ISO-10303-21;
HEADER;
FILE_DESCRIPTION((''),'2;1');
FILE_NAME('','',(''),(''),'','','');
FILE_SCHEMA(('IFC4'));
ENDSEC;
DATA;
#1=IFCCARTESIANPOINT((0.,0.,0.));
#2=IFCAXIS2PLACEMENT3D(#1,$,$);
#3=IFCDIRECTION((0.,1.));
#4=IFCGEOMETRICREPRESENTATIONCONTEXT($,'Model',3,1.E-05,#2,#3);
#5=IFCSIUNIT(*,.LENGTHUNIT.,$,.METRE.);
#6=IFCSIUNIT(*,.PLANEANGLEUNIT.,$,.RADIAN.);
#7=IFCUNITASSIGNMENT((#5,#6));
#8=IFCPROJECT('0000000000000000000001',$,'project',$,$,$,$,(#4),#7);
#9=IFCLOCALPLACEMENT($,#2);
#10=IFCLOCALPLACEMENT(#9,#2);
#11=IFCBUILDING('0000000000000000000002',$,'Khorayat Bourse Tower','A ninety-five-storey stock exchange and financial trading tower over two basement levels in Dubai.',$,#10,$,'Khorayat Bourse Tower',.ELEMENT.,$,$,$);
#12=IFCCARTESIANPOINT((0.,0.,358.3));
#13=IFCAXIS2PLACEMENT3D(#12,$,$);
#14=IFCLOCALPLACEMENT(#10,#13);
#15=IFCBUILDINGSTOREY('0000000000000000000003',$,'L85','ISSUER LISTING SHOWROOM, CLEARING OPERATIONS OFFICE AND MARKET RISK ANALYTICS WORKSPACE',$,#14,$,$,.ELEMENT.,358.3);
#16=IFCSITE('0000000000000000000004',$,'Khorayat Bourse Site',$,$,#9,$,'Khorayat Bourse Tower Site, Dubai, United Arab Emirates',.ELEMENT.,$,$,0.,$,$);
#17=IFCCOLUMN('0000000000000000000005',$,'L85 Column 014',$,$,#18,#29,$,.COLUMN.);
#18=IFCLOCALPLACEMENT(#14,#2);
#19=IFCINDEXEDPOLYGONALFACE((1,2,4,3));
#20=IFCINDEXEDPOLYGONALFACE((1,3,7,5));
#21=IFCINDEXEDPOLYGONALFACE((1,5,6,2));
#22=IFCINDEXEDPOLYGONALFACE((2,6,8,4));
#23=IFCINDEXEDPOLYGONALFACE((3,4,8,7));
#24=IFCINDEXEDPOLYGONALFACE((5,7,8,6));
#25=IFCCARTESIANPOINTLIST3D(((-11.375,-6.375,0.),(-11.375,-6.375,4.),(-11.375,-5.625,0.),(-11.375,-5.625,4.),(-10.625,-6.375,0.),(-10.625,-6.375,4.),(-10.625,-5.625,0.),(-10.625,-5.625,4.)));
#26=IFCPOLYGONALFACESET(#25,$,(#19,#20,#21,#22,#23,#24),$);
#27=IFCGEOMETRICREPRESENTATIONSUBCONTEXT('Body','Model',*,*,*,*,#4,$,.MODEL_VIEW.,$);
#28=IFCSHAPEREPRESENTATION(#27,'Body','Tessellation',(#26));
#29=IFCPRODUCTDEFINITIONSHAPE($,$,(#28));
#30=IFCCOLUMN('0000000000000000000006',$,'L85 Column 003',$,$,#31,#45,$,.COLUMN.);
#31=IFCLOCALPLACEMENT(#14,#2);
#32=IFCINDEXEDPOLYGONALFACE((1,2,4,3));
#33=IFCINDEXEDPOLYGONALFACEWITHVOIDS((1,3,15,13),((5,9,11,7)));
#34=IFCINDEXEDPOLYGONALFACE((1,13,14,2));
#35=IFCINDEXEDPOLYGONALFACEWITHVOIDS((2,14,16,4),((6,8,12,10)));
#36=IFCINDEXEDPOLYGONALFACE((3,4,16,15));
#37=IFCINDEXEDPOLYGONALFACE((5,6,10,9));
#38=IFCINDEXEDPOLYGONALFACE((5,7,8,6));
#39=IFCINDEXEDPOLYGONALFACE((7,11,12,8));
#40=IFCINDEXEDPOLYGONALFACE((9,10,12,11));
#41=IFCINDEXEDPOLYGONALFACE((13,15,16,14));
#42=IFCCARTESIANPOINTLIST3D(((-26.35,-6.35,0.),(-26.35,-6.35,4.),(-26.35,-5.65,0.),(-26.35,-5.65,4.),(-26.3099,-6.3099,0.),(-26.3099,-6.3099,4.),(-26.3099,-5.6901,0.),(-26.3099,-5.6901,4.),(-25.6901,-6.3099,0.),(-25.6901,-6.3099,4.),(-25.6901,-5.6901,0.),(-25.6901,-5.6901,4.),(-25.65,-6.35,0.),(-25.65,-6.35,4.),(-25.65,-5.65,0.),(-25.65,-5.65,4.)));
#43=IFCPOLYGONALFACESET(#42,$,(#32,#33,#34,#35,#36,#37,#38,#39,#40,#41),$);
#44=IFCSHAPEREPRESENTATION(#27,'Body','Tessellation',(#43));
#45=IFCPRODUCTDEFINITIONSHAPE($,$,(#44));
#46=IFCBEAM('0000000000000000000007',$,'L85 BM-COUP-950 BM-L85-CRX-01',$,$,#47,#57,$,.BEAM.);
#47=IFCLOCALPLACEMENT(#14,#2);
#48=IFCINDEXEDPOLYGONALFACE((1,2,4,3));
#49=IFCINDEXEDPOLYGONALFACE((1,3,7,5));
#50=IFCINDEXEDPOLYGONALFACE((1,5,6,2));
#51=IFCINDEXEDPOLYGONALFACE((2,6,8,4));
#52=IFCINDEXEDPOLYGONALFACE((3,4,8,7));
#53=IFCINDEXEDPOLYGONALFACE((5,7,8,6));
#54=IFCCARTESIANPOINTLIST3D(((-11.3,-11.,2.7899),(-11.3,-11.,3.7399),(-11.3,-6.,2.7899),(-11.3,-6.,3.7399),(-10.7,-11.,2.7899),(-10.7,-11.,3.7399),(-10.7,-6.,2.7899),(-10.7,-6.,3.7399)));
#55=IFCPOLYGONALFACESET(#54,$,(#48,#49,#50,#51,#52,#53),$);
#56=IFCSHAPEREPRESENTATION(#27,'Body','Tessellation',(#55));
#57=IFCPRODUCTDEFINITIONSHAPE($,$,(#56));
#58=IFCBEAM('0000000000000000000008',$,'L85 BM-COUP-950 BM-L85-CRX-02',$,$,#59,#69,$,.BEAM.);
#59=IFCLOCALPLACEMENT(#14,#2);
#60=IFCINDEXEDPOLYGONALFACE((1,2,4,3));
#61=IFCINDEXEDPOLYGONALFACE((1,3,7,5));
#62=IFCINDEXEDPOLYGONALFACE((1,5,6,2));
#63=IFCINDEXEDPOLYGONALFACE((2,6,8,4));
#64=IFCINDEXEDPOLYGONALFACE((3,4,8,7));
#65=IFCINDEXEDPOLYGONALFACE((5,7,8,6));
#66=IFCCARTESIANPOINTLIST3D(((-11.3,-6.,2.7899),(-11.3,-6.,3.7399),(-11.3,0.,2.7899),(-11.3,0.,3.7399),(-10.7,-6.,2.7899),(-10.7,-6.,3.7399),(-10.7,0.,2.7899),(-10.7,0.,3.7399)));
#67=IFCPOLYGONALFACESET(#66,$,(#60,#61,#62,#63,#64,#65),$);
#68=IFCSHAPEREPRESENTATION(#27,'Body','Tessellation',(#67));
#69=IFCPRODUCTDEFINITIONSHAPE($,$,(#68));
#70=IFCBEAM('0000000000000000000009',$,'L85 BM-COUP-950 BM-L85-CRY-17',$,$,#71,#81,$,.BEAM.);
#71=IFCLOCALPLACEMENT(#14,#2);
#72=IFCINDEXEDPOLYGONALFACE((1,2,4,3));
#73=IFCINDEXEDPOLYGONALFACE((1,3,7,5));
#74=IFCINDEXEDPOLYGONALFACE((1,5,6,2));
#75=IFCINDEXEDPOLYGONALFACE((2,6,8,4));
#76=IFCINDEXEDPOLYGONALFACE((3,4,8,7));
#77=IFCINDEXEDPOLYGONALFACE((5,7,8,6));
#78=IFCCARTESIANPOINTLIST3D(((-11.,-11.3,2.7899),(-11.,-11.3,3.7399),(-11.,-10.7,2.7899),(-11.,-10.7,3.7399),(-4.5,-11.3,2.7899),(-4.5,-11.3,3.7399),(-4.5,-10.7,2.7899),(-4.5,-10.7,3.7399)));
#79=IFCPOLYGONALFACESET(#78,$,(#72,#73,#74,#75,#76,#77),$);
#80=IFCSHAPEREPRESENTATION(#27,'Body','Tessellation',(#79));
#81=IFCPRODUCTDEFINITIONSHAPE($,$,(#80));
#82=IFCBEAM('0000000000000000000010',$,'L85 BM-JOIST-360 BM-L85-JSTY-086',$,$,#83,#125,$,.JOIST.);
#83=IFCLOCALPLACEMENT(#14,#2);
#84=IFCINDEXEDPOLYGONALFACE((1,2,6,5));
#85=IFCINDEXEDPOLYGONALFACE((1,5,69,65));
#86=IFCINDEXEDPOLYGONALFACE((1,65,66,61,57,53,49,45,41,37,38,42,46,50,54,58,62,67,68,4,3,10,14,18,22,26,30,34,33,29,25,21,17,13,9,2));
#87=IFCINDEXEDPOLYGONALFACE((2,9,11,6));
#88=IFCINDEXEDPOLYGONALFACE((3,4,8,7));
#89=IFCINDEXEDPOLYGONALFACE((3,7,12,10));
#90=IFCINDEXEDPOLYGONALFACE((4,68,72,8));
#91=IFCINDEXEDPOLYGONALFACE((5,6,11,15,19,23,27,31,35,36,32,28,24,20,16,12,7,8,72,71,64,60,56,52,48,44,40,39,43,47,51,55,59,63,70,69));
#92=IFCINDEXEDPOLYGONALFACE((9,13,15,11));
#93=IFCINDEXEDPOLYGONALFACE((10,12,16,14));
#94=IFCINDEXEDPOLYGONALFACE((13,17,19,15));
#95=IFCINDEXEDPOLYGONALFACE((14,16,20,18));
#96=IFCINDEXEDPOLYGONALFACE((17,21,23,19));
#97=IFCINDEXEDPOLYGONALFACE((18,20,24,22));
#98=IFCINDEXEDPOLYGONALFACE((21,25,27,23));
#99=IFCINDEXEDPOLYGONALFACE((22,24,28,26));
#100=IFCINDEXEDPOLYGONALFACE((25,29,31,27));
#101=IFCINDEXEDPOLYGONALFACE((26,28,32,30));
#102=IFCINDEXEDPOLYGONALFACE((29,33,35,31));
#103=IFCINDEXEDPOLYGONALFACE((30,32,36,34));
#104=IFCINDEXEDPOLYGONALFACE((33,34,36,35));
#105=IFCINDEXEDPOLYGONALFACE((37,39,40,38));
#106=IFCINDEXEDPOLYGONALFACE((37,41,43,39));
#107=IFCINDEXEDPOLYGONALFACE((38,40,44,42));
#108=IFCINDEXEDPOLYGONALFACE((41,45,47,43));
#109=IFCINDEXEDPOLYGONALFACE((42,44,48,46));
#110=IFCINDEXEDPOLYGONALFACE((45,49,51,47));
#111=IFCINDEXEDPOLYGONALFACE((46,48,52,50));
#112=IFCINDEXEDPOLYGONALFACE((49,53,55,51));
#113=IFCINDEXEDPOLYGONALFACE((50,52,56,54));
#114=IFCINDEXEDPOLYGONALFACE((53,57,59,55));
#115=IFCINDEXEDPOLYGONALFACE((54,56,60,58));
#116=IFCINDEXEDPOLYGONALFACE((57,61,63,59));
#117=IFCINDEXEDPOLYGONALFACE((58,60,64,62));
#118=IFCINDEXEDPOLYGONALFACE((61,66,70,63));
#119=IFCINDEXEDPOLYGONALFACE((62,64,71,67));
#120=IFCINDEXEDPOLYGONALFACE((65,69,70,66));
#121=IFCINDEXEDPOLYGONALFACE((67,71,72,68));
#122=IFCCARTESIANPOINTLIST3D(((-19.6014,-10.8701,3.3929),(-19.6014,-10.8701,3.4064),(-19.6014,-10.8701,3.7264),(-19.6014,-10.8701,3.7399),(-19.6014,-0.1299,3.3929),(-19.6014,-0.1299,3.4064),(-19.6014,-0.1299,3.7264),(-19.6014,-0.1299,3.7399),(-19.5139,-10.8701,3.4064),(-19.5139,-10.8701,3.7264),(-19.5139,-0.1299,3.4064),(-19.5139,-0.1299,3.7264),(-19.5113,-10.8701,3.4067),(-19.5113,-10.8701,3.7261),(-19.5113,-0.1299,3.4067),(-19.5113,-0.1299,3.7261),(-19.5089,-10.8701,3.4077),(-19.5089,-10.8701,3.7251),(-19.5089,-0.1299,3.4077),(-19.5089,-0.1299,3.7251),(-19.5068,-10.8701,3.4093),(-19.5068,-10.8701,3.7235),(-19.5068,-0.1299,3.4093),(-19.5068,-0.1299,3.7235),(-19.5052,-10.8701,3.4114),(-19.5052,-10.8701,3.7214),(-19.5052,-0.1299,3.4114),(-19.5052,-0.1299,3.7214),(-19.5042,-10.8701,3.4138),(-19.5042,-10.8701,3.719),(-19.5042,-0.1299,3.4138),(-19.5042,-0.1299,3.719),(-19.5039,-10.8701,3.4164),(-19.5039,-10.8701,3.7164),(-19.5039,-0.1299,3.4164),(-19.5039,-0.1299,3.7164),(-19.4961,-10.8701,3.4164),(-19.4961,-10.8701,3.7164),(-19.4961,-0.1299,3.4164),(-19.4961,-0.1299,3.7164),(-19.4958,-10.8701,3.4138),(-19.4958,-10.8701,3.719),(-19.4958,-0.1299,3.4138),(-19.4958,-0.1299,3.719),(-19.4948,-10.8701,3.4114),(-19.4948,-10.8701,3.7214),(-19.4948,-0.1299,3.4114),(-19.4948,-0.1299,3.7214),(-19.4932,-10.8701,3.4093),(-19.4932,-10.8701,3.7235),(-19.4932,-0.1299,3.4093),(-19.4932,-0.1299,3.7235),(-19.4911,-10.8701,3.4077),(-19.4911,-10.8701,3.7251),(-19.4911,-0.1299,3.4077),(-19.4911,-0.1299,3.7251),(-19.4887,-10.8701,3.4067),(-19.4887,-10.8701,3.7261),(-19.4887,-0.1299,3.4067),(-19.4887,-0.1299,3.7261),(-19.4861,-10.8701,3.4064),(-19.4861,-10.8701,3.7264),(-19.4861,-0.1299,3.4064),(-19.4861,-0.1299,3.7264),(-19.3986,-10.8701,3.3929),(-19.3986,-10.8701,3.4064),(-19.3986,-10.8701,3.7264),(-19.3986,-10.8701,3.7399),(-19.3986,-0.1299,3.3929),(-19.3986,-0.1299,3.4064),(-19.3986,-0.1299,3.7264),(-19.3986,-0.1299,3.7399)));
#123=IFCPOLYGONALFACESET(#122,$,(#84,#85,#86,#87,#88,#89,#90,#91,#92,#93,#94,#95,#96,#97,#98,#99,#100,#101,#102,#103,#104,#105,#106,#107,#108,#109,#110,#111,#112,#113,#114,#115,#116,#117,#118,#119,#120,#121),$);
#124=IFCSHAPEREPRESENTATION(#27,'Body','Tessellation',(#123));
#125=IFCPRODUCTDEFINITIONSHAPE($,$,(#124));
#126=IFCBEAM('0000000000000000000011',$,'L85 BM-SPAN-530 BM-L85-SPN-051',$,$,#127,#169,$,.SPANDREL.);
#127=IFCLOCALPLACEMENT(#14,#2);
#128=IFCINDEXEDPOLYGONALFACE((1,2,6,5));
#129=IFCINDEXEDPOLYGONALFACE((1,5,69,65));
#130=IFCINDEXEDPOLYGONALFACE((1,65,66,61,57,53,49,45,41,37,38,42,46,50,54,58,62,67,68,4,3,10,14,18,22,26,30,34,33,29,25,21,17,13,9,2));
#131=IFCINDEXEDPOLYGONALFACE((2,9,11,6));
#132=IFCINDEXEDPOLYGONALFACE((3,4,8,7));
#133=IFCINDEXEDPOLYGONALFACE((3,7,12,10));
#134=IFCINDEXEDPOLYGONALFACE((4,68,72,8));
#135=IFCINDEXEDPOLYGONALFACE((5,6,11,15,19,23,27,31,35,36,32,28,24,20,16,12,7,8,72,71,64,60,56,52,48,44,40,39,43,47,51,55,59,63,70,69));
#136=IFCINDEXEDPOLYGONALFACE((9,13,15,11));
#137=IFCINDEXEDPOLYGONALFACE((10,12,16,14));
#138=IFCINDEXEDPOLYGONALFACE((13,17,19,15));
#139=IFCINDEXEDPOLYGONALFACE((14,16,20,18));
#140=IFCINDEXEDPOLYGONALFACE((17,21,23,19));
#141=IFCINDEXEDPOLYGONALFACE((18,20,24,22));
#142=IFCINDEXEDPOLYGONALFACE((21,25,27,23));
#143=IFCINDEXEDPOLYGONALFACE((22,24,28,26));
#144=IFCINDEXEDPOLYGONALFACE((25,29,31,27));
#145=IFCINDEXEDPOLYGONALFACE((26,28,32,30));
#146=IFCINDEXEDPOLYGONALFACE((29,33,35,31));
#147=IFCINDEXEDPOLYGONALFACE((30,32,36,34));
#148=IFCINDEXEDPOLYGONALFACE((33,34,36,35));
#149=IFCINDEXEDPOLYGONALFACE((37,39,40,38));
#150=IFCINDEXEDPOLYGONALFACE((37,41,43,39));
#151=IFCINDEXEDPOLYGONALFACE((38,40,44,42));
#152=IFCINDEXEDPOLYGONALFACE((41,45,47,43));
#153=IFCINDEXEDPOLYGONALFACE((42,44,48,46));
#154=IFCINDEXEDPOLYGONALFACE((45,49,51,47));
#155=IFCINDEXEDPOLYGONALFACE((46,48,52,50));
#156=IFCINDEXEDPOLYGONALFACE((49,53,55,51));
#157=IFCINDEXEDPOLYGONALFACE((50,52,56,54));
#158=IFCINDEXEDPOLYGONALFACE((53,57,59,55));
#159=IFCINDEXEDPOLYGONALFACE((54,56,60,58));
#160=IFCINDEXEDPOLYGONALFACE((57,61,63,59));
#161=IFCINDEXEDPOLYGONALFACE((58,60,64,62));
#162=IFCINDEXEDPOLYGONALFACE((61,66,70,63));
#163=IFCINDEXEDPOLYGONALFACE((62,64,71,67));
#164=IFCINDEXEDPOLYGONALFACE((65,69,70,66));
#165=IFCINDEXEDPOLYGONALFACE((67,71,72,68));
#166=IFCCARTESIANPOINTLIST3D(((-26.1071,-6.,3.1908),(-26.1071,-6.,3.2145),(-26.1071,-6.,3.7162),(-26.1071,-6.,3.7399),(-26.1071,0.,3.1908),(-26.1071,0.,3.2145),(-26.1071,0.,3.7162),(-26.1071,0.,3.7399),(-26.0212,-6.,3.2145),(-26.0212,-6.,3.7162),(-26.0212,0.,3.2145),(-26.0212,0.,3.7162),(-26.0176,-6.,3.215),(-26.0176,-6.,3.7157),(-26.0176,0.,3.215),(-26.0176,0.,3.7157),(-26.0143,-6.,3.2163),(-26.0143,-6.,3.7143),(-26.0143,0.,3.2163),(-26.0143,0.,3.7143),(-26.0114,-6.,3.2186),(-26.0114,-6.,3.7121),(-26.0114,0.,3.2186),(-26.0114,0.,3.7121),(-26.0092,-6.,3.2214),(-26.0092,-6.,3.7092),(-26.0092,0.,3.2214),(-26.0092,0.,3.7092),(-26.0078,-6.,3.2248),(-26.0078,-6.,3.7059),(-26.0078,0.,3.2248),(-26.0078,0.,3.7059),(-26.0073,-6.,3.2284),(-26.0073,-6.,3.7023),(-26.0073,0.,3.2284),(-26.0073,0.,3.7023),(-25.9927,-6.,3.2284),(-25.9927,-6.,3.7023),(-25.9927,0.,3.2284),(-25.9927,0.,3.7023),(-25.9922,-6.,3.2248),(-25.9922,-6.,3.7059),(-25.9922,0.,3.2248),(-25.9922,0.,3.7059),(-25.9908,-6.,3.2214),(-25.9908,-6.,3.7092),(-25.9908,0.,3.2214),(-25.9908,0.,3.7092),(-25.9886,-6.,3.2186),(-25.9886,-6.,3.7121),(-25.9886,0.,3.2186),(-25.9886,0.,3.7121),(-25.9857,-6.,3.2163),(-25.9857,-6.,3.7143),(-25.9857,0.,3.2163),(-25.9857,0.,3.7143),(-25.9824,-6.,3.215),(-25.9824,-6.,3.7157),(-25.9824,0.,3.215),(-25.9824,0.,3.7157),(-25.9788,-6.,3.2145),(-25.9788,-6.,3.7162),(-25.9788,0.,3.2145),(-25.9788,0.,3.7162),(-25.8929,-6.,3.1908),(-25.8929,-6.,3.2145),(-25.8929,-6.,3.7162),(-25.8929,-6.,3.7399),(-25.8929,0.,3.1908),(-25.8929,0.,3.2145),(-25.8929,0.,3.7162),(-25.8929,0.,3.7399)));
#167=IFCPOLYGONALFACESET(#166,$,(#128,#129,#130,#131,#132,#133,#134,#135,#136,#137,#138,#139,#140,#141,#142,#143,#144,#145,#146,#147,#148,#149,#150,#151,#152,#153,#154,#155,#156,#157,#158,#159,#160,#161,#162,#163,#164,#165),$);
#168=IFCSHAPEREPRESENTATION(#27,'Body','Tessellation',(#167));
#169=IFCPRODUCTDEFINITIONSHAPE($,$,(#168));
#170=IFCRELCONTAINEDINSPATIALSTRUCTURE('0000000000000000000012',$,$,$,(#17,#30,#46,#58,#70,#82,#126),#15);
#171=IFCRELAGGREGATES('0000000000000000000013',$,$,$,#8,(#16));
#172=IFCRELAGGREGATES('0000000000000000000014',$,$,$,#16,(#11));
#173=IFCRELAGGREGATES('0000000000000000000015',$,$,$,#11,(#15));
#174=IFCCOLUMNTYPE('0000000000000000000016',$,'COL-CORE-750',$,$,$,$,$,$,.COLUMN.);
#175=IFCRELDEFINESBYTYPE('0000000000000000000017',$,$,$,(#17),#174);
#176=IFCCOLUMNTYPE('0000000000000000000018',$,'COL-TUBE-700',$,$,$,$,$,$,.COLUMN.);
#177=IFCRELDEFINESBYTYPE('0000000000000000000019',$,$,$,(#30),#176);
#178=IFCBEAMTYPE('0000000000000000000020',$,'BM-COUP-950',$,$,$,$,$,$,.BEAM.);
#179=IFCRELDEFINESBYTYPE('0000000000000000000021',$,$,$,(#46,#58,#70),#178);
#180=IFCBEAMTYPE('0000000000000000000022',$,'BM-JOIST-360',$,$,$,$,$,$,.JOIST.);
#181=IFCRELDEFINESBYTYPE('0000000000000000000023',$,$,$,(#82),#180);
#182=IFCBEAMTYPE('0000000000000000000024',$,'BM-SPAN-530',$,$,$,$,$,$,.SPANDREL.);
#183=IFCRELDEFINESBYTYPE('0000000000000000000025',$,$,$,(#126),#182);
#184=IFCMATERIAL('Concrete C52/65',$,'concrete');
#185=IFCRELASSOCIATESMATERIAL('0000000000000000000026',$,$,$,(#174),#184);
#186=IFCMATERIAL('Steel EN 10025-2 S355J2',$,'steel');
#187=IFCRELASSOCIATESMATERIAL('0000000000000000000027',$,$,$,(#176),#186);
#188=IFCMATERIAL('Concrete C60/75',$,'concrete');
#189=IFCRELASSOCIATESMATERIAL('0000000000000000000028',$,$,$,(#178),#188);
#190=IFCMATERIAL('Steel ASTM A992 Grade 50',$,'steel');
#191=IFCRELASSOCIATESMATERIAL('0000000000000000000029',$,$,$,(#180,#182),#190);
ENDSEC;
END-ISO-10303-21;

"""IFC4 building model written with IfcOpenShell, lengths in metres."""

from ifc_helpers import new_model, si_unit, direction, frame, origin, origin_2d, place, context, subcontext, project, spatial, rectangle, hollow_rectangle, i_section, extrude, source, transform, mapped, material, material_profile, profile_set, type_object, element, save


model = new_model("IFC4")

# Units and contexts
model_context = context("Model", 3, precision=1e-05, world=origin(), true_north=direction((0.0, 1.0)))
body_context = subcontext(model_context, "Body", "Model", "MODEL_VIEW")
ifc_project = project(units=[si_unit("LENGTHUNIT", "METRE"), si_unit("PLANEANGLEUNIT", "RADIAN")], contexts=[model_context])

# Site, building, storey
site_placement = place(None, origin())
site = spatial("IfcSite", under=ifc_project, at=site_placement, Name="Khorayat Bourse Site", LongName="Khorayat Bourse Tower Site, Dubai, United Arab Emirates", CompositionType="ELEMENT", RefElevation=0.0)
building_placement = place(site_placement, origin())
building = spatial("IfcBuilding", under=site, at=building_placement, Name="Khorayat Bourse Tower", Description="A ninety-five-storey stock exchange and financial trading tower over two basement levels in Dubai.", LongName="Khorayat Bourse Tower", CompositionType="ELEMENT")
storey_placement = place(building_placement, frame((0.0, 0.0, 358.3)))
storey = spatial("IfcBuildingStorey", under=building, at=storey_placement, Name="L85", Description="ISSUER LISTING SHOWROOM, CLEARING OPERATIONS OFFICE AND MARKET RISK ANALYTICS WORKSPACE", CompositionType="ELEMENT", Elevation=358.3)

# Columns
ifc_material_1 = material(Name="Concrete C52/65", Category="concrete")
ifc_material_profile_1 = material_profile(ifc_material_1, rectangle(XDim=0.75, YDim=0.75, at=origin_2d()), Name="RC 750x750")
ifc_profile_set_1 = profile_set([ifc_material_profile_1], Name="Concrete C52/65")
column_type_1 = type_object("IfcColumnType", Name="COL-CORE-750", PredefinedType="COLUMN", material=ifc_profile_set_1)
shared_shape_1 = source(origin(), body_context, "Body", "SweptSolid", [
    extrude(rectangle(XDim=0.75, YDim=0.75, at=origin_2d()), origin(), (0.0, 0.0, 1.0), 4.0),
])
column_1_placement = place(storey_placement, frame((-11.0, -6.0, 0.0), z_axis=(0.0, 0.0, 1.0), x_axis=(1.0, 0.0, 0.0)))
element("IfcColumn", 1, at=column_1_placement, inside=storey, type_object=column_type_1, Name="L85 Column 014", PredefinedType="COLUMN", context=body_context, shape_type="MappedRepresentation", body=[
    mapped(shared_shape_1, transform((0.0, 0.0, 0.0), scale=1.0)),
])
ifc_material_2 = material(Name="Steel EN 10025-2 S355J2", Category="steel")
ifc_material_profile_2 = material_profile(ifc_material_2, hollow_rectangle(XDim=0.7, YDim=0.7, WallThickness=0.04, at=origin_2d()), Name="BOX 700x700x40")
ifc_profile_set_2 = profile_set([ifc_material_profile_2], Name="Steel EN 10025-2 S355J2")
column_type_2 = type_object("IfcColumnType", Name="COL-TUBE-700", PredefinedType="COLUMN", material=ifc_profile_set_2)
shared_shape_2 = source(origin(), body_context, "Body", "SweptSolid", [
    extrude(hollow_rectangle(XDim=0.7, YDim=0.7, WallThickness=0.04, at=origin_2d()), origin(), (0.0, 0.0, 1.0), 4.0),
])
column_2_placement = place(storey_placement, frame((-26.0, -6.0, 0.0), z_axis=(0.0, 0.0, 1.0), x_axis=(1.0, 0.0, 0.0)))
element("IfcColumn", 2, at=column_2_placement, inside=storey, type_object=column_type_2, Name="L85 Column 003", PredefinedType="COLUMN", context=body_context, shape_type="MappedRepresentation", body=[
    mapped(shared_shape_2, transform((0.0, 0.0, 0.0), scale=1.0)),
])

# Beams
ifc_material_3 = material(Name="Concrete C60/75", Category="concrete")
ifc_material_profile_3 = material_profile(ifc_material_3, rectangle(XDim=0.6001, YDim=0.95, at=origin_2d()), Name="RC 600x950")
ifc_profile_set_3 = profile_set([ifc_material_profile_3], Name="Concrete C60/75")
beam_type_1 = type_object("IfcBeamType", Name="BM-COUP-950", PredefinedType="BEAM", material=ifc_profile_set_3)
shared_shape_3 = source(origin(), body_context, "Body", "SweptSolid", [
    extrude(rectangle(XDim=0.6001, YDim=0.95, at=origin_2d()), origin(), (0.0, 0.0, 1.0), 5.0),
])
beam_1_placement = place(storey_placement, frame((-11.0, -11.0, 3.2649), z_axis=(0.0, 1.0, 0.0), x_axis=(-1.0, 0.0, 0.0)))
element("IfcBeam", 3, at=beam_1_placement, inside=storey, type_object=beam_type_1, Name="L85 BM-COUP-950 BM-L85-CRX-01", PredefinedType="BEAM", context=body_context, shape_type="MappedRepresentation", body=[
    mapped(shared_shape_3, transform((0.0, 0.0, 0.0), scale=1.0)),
])
shared_shape_4 = source(origin(), body_context, "Body", "SweptSolid", [
    extrude(rectangle(XDim=0.6001, YDim=0.95, at=origin_2d()), origin(), (0.0, 0.0, 1.0), 6.0),
])
beam_2_placement = place(storey_placement, frame((-11.0, -6.0, 3.2649), z_axis=(0.0, 1.0, 0.0), x_axis=(-1.0, 0.0, 0.0)))
element("IfcBeam", 4, at=beam_2_placement, inside=storey, type_object=beam_type_1, Name="L85 BM-COUP-950 BM-L85-CRX-02", PredefinedType="BEAM", context=body_context, shape_type="MappedRepresentation", body=[
    mapped(shared_shape_4, transform((0.0, 0.0, 0.0), scale=1.0)),
])
shared_shape_5 = source(origin(), body_context, "Body", "SweptSolid", [
    extrude(rectangle(XDim=0.6001, YDim=0.95, at=origin_2d()), origin(), (0.0, 0.0, 1.0), 6.5),
])
beam_3_placement = place(storey_placement, frame((-11.0, -11.0, 3.2649), z_axis=(1.0, 0.0, 0.0), x_axis=(0.0, 1.0, 0.0)))
element("IfcBeam", 5, at=beam_3_placement, inside=storey, type_object=beam_type_1, Name="L85 BM-COUP-950 BM-L85-CRY-17", PredefinedType="BEAM", context=body_context, shape_type="MappedRepresentation", body=[
    mapped(shared_shape_5, transform((0.0, 0.0, 0.0), scale=1.0)),
])
ifc_material_4 = material(Name="Steel ASTM A992 Grade 50", Category="steel")
ifc_material_profile_4 = material_profile(ifc_material_4, i_section(OverallWidth=0.2029, OverallDepth=0.3469, WebThickness=0.0078, FlangeThickness=0.0134, FilletRadius=0.01, at=origin_2d()), Name="W360X64")
ifc_profile_set_4 = profile_set([ifc_material_profile_4], Name="Steel ASTM A992 Grade 50")
beam_type_2 = type_object("IfcBeamType", Name="BM-JOIST-360", PredefinedType="JOIST", material=ifc_profile_set_4)
shared_shape_6 = source(origin(), body_context, "Body", "SweptSolid", [
    extrude(i_section(OverallWidth=0.2029, OverallDepth=0.3469, WebThickness=0.0078, FlangeThickness=0.0134, FilletRadius=0.01, at=origin_2d()), origin(), (0.0, 0.0, 1.0), 10.7402),
])
beam_4_placement = place(storey_placement, frame((-19.5, -10.8701, 3.5664), z_axis=(0.0, 1.0, 0.0), x_axis=(-1.0, 0.0, 0.0)))
element("IfcBeam", 6, at=beam_4_placement, inside=storey, type_object=beam_type_2, Name="L85 BM-JOIST-360 BM-L85-JSTY-086", PredefinedType="JOIST", context=body_context, shape_type="MappedRepresentation", body=[
    mapped(shared_shape_6, transform((0.0, 0.0, 0.0), scale=1.0)),
])
ifc_material_profile_5 = material_profile(ifc_material_4, i_section(OverallWidth=0.2141, OverallDepth=0.5491, WebThickness=0.0146, FlangeThickness=0.0237, FilletRadius=0.0139, at=origin_2d()), Name="W530X138")
ifc_profile_set_5 = profile_set([ifc_material_profile_5], Name="Steel ASTM A992 Grade 50")
beam_type_3 = type_object("IfcBeamType", Name="BM-SPAN-530", PredefinedType="SPANDREL", material=ifc_profile_set_5)
shared_shape_7 = source(origin(), body_context, "Body", "SweptSolid", [
    extrude(i_section(OverallWidth=0.2141, OverallDepth=0.5491, WebThickness=0.0146, FlangeThickness=0.0237, FilletRadius=0.0139, at=origin_2d()), origin(), (0.0, 0.0, 1.0), 6.0),
])
beam_5_placement = place(storey_placement, frame((-26.0, -6.0, 3.4653), z_axis=(0.0, 1.0, 0.0), x_axis=(-1.0, 0.0, 0.0)))
element("IfcBeam", 7, at=beam_5_placement, inside=storey, type_object=beam_type_3, Name="L85 BM-SPAN-530 BM-L85-SPN-051", PredefinedType="SPANDREL", context=body_context, shape_type="MappedRepresentation", body=[
    mapped(shared_shape_7, transform((0.0, 0.0, 0.0), scale=1.0)),
])

save(model, "model.ifc")
